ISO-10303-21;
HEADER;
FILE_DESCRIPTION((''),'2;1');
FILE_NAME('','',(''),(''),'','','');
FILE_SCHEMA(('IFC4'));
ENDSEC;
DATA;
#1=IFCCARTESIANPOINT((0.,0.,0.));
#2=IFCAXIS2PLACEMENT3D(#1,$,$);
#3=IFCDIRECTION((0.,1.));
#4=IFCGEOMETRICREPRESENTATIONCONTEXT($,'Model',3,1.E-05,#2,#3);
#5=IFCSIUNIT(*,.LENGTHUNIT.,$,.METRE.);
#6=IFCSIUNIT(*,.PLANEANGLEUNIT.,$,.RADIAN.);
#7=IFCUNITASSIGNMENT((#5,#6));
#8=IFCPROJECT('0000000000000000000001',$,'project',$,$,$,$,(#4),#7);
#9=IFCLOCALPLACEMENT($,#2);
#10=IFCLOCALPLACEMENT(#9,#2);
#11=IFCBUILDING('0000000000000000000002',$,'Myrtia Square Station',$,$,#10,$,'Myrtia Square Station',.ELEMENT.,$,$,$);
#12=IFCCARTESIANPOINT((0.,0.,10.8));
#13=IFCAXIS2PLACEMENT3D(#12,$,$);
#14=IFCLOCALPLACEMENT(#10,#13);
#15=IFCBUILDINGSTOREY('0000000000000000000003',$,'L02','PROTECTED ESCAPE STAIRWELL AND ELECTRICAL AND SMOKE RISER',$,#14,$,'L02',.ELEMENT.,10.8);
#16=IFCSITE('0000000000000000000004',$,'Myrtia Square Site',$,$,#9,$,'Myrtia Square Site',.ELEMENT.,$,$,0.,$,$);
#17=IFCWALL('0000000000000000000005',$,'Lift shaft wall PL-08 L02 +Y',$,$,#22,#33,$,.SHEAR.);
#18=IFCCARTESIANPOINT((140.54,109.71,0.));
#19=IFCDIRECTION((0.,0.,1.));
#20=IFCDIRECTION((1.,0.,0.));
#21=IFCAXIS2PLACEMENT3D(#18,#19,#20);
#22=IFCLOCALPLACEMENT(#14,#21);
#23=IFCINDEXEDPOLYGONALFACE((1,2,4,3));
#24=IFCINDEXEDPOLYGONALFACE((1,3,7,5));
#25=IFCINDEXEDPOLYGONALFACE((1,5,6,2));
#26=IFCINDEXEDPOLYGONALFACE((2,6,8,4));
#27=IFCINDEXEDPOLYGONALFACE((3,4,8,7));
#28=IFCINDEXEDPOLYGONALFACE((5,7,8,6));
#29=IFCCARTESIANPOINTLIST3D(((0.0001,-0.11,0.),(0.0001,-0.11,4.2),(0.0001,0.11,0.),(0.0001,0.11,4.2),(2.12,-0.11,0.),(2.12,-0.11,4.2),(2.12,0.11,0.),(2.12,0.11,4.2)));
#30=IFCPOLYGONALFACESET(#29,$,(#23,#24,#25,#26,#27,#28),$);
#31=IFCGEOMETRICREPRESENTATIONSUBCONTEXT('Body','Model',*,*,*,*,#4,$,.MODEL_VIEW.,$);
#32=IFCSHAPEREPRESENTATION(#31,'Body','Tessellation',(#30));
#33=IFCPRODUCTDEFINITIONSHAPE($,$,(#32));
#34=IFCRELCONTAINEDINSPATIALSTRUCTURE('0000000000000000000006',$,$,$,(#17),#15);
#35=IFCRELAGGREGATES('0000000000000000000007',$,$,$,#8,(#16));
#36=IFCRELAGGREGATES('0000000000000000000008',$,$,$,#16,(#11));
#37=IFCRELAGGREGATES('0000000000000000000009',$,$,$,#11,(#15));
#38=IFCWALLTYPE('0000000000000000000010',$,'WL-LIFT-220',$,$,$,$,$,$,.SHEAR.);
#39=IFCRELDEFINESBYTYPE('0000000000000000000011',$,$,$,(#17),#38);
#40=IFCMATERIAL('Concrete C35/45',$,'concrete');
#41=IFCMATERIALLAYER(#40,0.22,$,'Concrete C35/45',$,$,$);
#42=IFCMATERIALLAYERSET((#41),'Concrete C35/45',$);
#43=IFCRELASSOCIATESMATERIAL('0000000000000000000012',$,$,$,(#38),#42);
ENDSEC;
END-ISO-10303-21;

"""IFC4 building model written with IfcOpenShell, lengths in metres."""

from ifc_helpers import new_model, si_unit, direction, frame, frame_2d, origin, place, context, subcontext, project, spatial, rectangle, extrude, material, layer, layer_set, type_object, element, save


model = new_model("IFC4")

# Units and contexts
model_context = context("Model", 3, precision=1e-05, world=origin(), true_north=direction((0.0, 1.0)))
body_context = subcontext(model_context, "Body", "Model", "MODEL_VIEW")
ifc_project = project(units=[si_unit("LENGTHUNIT", "METRE"), si_unit("PLANEANGLEUNIT", "RADIAN")], contexts=[model_context])

# Site, building, storey
site_placement = place(None, origin())
site = spatial("IfcSite", under=ifc_project, at=site_placement, Name="Myrtia Square Site", LongName="Myrtia Square Site", CompositionType="ELEMENT", RefElevation=0.0)
building_placement = place(site_placement, origin())
building = spatial("IfcBuilding", under=site, at=building_placement, Name="Myrtia Square Station", LongName="Myrtia Square Station", CompositionType="ELEMENT")
storey_placement = place(building_placement, frame((0.0, 0.0, 10.8)))
storey = spatial("IfcBuildingStorey", under=building, at=storey_placement, Name="L02", Description="PROTECTED ESCAPE STAIRWELL AND ELECTRICAL AND SMOKE RISER", LongName="L02", CompositionType="ELEMENT", Elevation=10.8)

# Shared definitions
ifc_material_1 = material(Name="Concrete C35/45", Category="concrete")
ifc_layer_1 = layer(ifc_material_1, 0.22, Name="Concrete C35/45")
ifc_layer_set_1 = layer_set([ifc_layer_1], Name="Concrete C35/45")
wall_type_1 = type_object("IfcWallType", Name="WL-LIFT-220", PredefinedType="SHEAR", material=ifc_layer_set_1)

# Wall
wall_1_placement = place(storey_placement, frame((140.54, 109.71, 0.0), z_axis=(0.0, 0.0, 1.0), x_axis=(1.0, 0.0, 0.0)))
element("IfcWall", 1, at=wall_1_placement, inside=storey, type_object=wall_type_1, Name="Lift shaft wall PL-08 L02 +Y", PredefinedType="SHEAR", context=body_context, shape_type="SweptSolid", body=[
    extrude(rectangle(XDim=2.1199, YDim=0.22, at=frame_2d((1.0601, 0.0))), origin(), (0.0, 0.0, 1.0), 4.2),
])

save(model, "model.ifc")
